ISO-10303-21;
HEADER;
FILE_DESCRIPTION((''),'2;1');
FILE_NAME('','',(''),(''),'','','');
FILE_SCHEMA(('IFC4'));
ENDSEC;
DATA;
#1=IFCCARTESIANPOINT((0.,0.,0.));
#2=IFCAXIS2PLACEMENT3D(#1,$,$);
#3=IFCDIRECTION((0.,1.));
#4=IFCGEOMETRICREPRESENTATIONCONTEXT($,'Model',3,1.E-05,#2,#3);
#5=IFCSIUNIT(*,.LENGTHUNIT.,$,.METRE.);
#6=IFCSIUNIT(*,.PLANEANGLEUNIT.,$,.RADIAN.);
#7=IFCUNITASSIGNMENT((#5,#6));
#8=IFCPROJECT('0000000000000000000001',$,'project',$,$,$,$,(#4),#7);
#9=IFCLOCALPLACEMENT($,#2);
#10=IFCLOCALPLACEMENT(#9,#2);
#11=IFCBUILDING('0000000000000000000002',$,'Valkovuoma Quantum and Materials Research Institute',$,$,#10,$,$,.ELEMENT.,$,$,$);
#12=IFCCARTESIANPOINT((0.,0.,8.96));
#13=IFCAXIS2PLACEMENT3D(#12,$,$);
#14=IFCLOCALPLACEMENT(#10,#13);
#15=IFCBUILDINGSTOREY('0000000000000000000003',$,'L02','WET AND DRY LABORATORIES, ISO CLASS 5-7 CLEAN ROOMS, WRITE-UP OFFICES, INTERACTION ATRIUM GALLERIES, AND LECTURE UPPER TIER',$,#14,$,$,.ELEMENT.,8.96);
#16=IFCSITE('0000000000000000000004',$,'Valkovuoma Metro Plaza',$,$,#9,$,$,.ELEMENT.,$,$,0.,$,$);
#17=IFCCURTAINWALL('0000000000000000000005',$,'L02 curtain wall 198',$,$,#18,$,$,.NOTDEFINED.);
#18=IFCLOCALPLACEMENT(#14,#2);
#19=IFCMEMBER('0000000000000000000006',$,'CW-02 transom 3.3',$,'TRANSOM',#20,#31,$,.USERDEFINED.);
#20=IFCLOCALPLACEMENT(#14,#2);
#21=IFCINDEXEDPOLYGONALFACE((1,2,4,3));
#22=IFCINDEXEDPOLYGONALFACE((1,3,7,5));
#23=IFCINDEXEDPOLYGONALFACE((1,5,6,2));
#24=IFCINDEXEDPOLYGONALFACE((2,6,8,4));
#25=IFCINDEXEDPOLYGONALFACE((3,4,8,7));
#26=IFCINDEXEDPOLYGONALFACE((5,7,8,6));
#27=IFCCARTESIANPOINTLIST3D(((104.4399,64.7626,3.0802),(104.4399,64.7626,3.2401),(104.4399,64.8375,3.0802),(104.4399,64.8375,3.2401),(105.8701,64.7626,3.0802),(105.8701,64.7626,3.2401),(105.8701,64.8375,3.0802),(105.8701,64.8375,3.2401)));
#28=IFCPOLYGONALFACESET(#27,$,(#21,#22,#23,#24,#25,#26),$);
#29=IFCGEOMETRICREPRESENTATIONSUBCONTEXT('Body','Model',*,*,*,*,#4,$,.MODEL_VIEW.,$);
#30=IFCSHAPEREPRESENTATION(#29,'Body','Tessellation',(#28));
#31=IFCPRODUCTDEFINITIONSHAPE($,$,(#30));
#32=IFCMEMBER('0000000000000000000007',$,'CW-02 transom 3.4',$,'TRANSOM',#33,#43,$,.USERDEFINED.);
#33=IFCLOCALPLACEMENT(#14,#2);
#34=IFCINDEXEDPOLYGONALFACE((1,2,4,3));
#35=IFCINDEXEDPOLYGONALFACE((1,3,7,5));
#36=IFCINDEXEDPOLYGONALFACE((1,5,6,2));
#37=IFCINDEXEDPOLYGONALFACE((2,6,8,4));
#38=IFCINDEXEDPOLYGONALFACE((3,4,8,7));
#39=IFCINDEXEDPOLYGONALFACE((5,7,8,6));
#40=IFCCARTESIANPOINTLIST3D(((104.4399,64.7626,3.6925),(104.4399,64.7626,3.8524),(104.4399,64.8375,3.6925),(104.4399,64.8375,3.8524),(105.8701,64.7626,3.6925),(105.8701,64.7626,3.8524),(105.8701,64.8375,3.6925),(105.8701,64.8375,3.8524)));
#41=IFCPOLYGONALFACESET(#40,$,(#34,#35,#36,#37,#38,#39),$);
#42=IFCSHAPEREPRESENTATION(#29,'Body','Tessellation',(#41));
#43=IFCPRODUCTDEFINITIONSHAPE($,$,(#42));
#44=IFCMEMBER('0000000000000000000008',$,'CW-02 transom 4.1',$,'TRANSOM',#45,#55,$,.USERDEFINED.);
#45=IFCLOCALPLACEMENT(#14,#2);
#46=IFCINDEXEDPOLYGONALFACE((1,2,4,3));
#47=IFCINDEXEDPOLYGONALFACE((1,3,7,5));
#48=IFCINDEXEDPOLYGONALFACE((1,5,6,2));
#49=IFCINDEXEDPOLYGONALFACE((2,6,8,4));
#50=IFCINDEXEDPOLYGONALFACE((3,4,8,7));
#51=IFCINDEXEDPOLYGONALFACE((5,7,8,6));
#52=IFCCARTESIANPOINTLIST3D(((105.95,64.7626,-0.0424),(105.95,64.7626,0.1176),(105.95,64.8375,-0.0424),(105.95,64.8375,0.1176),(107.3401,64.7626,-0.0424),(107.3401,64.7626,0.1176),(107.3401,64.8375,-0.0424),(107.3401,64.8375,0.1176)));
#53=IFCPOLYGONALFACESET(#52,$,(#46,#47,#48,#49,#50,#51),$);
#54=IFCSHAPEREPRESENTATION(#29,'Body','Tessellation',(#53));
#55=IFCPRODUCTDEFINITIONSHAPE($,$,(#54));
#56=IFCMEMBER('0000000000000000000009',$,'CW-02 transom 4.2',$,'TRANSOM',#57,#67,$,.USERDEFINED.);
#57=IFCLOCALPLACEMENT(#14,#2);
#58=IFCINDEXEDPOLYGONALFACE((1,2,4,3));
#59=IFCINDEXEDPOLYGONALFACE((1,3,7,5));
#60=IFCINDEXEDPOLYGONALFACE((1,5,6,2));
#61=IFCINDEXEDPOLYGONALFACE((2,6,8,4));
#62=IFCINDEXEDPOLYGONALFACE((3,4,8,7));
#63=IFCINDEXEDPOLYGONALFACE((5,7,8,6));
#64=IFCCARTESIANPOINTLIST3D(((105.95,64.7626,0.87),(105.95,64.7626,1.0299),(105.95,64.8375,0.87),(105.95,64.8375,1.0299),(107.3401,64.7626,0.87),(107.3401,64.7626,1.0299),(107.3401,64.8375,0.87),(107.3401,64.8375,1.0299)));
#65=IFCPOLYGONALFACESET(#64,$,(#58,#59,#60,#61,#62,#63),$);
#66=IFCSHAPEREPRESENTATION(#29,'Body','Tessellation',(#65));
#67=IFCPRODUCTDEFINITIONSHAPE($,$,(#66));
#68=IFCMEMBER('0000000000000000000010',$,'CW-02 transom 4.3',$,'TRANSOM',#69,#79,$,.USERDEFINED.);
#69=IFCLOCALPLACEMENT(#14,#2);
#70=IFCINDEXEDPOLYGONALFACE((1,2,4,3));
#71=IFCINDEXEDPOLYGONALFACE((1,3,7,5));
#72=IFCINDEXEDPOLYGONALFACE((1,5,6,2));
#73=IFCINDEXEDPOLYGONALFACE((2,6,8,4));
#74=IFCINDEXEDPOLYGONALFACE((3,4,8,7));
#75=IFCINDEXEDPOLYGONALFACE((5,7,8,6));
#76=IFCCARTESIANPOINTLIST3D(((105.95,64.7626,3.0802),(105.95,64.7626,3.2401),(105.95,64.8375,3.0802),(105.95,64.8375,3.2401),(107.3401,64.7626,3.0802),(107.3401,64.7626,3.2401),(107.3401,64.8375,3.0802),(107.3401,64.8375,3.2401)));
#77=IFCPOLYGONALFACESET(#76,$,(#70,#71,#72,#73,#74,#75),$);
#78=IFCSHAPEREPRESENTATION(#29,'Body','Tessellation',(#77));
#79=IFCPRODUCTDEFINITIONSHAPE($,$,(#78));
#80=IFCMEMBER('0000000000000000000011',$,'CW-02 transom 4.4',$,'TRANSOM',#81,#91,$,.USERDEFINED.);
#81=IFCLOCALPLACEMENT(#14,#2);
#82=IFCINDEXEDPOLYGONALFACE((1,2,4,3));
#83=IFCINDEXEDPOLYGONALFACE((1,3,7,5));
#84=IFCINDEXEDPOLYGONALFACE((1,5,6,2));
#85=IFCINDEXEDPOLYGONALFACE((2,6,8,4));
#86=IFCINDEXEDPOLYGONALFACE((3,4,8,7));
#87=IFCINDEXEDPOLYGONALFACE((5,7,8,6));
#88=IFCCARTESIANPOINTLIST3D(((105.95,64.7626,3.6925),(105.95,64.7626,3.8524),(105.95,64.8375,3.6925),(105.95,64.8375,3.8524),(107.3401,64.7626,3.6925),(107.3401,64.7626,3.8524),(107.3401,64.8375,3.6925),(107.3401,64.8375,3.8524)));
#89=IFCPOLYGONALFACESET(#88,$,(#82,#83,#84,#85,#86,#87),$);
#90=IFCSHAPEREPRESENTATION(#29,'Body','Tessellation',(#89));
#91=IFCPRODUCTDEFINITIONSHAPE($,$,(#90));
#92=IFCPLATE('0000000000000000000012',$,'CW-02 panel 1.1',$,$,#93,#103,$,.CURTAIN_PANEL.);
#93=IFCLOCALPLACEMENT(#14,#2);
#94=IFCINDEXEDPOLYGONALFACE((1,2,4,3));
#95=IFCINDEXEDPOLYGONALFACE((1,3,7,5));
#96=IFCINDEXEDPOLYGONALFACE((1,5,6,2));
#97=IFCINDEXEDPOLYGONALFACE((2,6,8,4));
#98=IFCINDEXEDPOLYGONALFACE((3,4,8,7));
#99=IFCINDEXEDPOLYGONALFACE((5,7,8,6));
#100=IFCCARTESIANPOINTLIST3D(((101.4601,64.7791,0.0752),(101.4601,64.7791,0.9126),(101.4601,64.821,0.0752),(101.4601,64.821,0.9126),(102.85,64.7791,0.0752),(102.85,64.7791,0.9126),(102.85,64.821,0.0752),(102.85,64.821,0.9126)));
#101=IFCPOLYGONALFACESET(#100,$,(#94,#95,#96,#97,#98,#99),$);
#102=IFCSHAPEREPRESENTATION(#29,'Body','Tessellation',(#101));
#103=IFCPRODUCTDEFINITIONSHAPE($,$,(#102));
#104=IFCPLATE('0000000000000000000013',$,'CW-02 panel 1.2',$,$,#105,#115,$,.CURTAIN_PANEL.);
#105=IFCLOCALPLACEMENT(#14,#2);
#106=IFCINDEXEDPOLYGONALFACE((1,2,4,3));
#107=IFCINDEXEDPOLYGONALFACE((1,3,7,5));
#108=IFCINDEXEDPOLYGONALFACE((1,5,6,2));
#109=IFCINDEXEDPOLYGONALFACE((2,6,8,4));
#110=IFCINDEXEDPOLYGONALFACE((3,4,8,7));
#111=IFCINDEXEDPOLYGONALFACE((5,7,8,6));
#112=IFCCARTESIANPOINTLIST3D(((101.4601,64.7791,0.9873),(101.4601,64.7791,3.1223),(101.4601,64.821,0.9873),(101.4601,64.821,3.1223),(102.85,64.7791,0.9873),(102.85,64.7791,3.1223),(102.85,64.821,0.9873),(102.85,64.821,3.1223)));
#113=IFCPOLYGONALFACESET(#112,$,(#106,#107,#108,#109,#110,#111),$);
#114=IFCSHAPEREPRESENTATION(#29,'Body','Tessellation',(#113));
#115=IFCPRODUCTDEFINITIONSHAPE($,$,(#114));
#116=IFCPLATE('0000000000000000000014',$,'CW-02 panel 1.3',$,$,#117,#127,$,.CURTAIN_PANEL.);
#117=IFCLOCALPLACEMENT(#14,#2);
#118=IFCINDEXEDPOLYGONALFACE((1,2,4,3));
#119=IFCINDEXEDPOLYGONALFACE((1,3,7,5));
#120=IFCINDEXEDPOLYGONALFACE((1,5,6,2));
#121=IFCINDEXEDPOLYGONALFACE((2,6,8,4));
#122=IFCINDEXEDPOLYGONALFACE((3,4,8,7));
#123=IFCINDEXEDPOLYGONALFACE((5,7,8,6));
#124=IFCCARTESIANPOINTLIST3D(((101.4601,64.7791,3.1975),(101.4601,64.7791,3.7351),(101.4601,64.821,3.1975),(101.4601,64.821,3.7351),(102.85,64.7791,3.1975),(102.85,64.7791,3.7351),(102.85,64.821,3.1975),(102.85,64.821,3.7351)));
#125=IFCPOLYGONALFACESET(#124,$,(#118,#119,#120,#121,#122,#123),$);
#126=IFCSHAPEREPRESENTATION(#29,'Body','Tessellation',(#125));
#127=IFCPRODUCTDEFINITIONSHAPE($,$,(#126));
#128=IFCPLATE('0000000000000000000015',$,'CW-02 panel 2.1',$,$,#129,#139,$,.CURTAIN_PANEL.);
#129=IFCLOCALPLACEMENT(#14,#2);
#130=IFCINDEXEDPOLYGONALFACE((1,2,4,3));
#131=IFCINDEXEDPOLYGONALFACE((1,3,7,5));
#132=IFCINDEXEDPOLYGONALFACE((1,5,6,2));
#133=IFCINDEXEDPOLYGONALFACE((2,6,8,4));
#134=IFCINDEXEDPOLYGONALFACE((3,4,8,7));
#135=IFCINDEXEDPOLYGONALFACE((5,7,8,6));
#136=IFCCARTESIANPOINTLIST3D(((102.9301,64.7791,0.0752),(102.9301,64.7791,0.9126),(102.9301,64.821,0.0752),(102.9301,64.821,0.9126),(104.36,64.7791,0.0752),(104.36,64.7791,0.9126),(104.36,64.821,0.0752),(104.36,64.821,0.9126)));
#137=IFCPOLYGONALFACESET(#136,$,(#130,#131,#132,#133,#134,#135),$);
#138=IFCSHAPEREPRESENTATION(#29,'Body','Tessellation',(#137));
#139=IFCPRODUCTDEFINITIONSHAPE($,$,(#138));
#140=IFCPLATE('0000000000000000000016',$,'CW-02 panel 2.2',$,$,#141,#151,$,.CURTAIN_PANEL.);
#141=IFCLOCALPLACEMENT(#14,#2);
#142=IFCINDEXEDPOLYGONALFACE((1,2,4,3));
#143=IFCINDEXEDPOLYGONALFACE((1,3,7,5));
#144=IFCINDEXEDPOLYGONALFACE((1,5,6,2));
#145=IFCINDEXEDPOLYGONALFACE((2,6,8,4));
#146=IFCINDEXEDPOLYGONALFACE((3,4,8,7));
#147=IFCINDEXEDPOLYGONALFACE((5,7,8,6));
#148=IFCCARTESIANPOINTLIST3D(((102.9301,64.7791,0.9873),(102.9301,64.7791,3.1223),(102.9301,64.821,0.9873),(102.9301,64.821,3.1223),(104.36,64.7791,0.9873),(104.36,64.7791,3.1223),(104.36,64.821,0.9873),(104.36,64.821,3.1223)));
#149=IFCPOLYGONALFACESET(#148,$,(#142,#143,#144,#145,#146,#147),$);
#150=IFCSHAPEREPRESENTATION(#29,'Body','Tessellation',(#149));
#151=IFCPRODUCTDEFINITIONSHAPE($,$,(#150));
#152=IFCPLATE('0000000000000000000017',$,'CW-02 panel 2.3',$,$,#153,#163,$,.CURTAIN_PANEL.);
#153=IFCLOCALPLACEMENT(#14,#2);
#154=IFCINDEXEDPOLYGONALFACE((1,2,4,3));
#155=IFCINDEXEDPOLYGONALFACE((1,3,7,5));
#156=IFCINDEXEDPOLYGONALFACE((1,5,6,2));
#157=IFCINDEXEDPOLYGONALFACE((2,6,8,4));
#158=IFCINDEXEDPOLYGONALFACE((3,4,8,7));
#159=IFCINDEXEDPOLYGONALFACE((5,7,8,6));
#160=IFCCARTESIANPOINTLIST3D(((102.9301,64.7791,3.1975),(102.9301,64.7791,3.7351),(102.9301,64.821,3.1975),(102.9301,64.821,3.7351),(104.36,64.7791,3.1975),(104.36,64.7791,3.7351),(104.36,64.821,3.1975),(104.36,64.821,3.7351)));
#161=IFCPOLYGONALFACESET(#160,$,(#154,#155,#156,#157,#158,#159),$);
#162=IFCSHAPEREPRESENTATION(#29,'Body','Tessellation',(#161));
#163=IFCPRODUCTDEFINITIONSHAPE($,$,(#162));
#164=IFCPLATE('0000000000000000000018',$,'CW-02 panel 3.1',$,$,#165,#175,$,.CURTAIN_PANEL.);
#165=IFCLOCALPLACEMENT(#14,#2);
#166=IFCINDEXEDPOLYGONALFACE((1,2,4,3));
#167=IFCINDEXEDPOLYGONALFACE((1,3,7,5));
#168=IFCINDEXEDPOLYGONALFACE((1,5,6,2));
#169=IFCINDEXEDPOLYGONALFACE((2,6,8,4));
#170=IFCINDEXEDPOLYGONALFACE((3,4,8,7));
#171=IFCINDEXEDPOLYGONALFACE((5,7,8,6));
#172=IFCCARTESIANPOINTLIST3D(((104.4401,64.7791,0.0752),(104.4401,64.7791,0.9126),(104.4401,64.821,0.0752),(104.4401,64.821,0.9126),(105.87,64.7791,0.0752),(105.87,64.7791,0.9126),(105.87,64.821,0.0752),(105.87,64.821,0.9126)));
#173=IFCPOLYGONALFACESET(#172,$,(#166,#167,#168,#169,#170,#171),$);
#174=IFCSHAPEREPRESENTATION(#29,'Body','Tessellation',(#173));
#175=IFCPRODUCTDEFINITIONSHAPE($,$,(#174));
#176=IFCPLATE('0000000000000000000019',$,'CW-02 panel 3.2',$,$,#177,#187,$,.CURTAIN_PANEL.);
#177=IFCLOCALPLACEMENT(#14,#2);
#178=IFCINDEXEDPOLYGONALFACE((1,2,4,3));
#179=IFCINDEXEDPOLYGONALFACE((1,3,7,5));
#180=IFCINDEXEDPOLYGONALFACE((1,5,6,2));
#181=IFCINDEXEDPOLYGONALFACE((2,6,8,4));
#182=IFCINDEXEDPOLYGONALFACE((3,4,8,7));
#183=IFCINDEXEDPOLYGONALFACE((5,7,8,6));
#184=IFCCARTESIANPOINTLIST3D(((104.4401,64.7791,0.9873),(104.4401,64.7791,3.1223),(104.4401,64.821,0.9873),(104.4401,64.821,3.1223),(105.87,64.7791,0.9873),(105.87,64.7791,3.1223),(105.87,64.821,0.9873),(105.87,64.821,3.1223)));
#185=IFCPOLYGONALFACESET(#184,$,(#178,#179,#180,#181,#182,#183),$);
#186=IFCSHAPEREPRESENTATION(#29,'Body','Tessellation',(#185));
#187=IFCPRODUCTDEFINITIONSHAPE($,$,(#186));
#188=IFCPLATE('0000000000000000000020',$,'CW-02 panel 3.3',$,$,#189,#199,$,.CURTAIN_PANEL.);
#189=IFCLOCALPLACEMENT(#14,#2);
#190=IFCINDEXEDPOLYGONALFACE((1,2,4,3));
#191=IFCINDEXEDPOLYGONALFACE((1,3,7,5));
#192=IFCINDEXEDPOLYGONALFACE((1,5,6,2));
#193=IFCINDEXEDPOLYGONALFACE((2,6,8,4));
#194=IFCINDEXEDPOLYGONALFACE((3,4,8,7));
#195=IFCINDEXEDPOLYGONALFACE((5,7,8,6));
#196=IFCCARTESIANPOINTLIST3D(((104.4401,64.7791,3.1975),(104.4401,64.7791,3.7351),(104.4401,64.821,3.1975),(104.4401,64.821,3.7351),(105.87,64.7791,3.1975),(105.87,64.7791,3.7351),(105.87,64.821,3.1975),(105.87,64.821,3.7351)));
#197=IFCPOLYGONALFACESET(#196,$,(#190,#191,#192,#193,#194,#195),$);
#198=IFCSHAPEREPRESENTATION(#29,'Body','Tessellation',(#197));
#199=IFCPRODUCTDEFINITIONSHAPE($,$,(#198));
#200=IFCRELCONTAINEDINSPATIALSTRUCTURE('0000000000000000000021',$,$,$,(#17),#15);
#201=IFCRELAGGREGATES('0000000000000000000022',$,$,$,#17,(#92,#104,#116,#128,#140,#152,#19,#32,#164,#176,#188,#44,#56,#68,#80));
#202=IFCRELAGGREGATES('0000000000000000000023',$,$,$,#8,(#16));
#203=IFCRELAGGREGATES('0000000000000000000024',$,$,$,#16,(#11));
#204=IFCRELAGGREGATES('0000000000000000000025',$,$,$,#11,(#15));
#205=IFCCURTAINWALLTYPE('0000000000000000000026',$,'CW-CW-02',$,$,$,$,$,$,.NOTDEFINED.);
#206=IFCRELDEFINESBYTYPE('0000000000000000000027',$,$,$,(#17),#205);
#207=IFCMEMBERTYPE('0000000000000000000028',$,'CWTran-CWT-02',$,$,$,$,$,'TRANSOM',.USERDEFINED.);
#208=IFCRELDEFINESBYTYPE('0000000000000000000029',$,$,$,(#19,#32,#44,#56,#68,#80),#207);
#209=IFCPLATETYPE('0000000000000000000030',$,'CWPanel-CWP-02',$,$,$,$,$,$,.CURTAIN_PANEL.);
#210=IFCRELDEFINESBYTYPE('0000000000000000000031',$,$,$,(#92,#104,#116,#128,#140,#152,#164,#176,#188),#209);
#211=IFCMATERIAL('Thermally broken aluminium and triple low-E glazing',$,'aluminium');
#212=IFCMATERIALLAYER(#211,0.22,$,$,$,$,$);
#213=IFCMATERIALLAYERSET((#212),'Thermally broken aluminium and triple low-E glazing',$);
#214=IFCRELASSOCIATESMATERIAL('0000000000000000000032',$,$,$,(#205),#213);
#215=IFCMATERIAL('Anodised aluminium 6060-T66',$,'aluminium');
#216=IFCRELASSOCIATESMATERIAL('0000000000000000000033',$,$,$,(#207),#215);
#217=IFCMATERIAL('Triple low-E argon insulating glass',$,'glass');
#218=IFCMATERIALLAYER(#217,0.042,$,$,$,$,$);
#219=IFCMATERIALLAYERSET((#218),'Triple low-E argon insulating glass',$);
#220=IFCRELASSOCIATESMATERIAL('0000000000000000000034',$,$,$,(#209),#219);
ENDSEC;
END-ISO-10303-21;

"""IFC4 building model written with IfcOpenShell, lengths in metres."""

from ifc_helpers import new_model, si_unit, direction, frame, origin, origin_2d, place, context, subcontext, project, spatial, rectangle, extrude, material, layer, layer_set, material_profile, profile_set, type_object, element, aggregate, save


model = new_model("IFC4")

# Units and contexts
model_context = context("Model", 3, precision=1e-05, world=origin(), true_north=direction((0.0, 1.0)))
body_context = subcontext(model_context, "Body", "Model", "MODEL_VIEW")
ifc_project = project(units=[si_unit("LENGTHUNIT", "METRE"), si_unit("PLANEANGLEUNIT", "RADIAN")], contexts=[model_context])

# Site, building, storey
site_placement = place(None, origin())
site = spatial("IfcSite", under=ifc_project, at=site_placement, Name="Valkovuoma Metro Plaza", CompositionType="ELEMENT", RefElevation=0.0)
building_placement = place(site_placement, origin())
building = spatial("IfcBuilding", under=site, at=building_placement, Name="Valkovuoma Quantum and Materials Research Institute", CompositionType="ELEMENT")
storey_placement = place(building_placement, frame((0.0, 0.0, 8.96)))
storey = spatial("IfcBuildingStorey", under=building, at=storey_placement, Name="L02", Description="WET AND DRY LABORATORIES, ISO CLASS 5-7 CLEAN ROOMS, WRITE-UP OFFICES, INTERACTION ATRIUM GALLERIES, AND LECTURE UPPER TIER", CompositionType="ELEMENT", Elevation=8.96)

# Curtain wall, members, plates
ifc_material_1 = material(Name="Thermally broken aluminium and triple low-E glazing", Category="aluminium")
ifc_layer_1 = layer(ifc_material_1, 0.22)
ifc_layer_set_1 = layer_set([ifc_layer_1], Name="Thermally broken aluminium and triple low-E glazing")
curtain_wall_type = type_object("IfcCurtainWallType", Name="CW-CW-02", PredefinedType="NOTDEFINED", material=ifc_layer_set_1)
curtain_wall_placement = place(storey_placement, origin())
curtain_wall = element("IfcCurtainWall", 1, at=curtain_wall_placement, inside=storey, type_object=curtain_wall_type, Name="L02 curtain wall 198", PredefinedType="NOTDEFINED")
ifc_material_2 = material(Name="Anodised aluminium 6060-T66", Category="aluminium")
ifc_material_profile_1 = material_profile(ifc_material_2, rectangle(XDim=0.075, YDim=0.1599, at=origin_2d()), Name="Anodised aluminium 6060-T66")
ifc_profile_set_1 = profile_set([ifc_material_profile_1], Name="Anodised aluminium 6060-T66")
member_type_1 = type_object("IfcMemberType", Name="CWTran-CWT-02", ElementType="TRANSOM", PredefinedType="USERDEFINED", material=ifc_profile_set_1)
member_1_placement = place(storey_placement, frame((104.4399, 64.8, 3.1602), z_axis=(1.0, 0.0, 0.0), x_axis=(0.0, 1.0, 0.0)))
member_1 = element("IfcMember", 2, at=member_1_placement, type_object=member_type_1, Name="CW-02 transom 3.3", ObjectType="TRANSOM", PredefinedType="USERDEFINED", context=body_context, shape_type="SweptSolid", body=[
    extrude(rectangle(XDim=0.075, YDim=0.1599, at=origin_2d()), origin(), (0.0, 0.0, 1.0), 1.4302),
])
member_2_placement = place(storey_placement, frame((104.4399, 64.8, 3.7725), z_axis=(1.0, 0.0, 0.0), x_axis=(0.0, 1.0, 0.0)))
member_2 = element("IfcMember", 3, at=member_2_placement, type_object=member_type_1, Name="CW-02 transom 3.4", ObjectType="TRANSOM", PredefinedType="USERDEFINED", context=body_context, shape_type="SweptSolid", body=[
    extrude(rectangle(XDim=0.075, YDim=0.1599, at=origin_2d()), origin(), (0.0, 0.0, 1.0), 1.4302),
])
member_3_placement = place(storey_placement, frame((105.95, 64.8, 0.0376), z_axis=(1.0, 0.0, 0.0), x_axis=(0.0, 1.0, 0.0)))
member_3 = element("IfcMember", 4, at=member_3_placement, type_object=member_type_1, Name="CW-02 transom 4.1", ObjectType="TRANSOM", PredefinedType="USERDEFINED", context=body_context, shape_type="SweptSolid", body=[
    extrude(rectangle(XDim=0.075, YDim=0.1599, at=origin_2d()), origin(), (0.0, 0.0, 1.0), 1.3901),
])
member_4_placement = place(storey_placement, frame((105.95, 64.8, 0.95), z_axis=(1.0, 0.0, 0.0), x_axis=(0.0, 1.0, 0.0)))
member_4 = element("IfcMember", 5, at=member_4_placement, type_object=member_type_1, Name="CW-02 transom 4.2", ObjectType="TRANSOM", PredefinedType="USERDEFINED", context=body_context, shape_type="SweptSolid", body=[
    extrude(rectangle(XDim=0.075, YDim=0.1599, at=origin_2d()), origin(), (0.0, 0.0, 1.0), 1.3901),
])
member_5_placement = place(storey_placement, frame((105.95, 64.8, 3.1602), z_axis=(1.0, 0.0, 0.0), x_axis=(0.0, 1.0, 0.0)))
member_5 = element("IfcMember", 6, at=member_5_placement, type_object=member_type_1, Name="CW-02 transom 4.3", ObjectType="TRANSOM", PredefinedType="USERDEFINED", context=body_context, shape_type="SweptSolid", body=[
    extrude(rectangle(XDim=0.075, YDim=0.1599, at=origin_2d()), origin(), (0.0, 0.0, 1.0), 1.3901),
])
member_6_placement = place(storey_placement, frame((105.95, 64.8, 3.7725), z_axis=(1.0, 0.0, 0.0), x_axis=(0.0, 1.0, 0.0)))
member_6 = element("IfcMember", 7, at=member_6_placement, type_object=member_type_1, Name="CW-02 transom 4.4", ObjectType="TRANSOM", PredefinedType="USERDEFINED", context=body_context, shape_type="SweptSolid", body=[
    extrude(rectangle(XDim=0.075, YDim=0.1599, at=origin_2d()), origin(), (0.0, 0.0, 1.0), 1.3901),
])
ifc_material_3 = material(Name="Triple low-E argon insulating glass", Category="glass")
ifc_layer_2 = layer(ifc_material_3, 0.042)
ifc_layer_set_2 = layer_set([ifc_layer_2], Name="Triple low-E argon insulating glass")
plate_type = type_object("IfcPlateType", Name="CWPanel-CWP-02", PredefinedType="CURTAIN_PANEL", material=ifc_layer_set_2)
plate_1_placement = place(storey_placement, frame((102.155, 64.8, 0.0752), z_axis=(0.0, 0.0, 1.0), x_axis=(1.0, 0.0, 0.0)))
plate_1 = element("IfcPlate", 8, at=plate_1_placement, type_object=plate_type, Name="CW-02 panel 1.1", PredefinedType="CURTAIN_PANEL", context=body_context, shape_type="SweptSolid", body=[
    extrude(rectangle(XDim=1.3899, YDim=0.042, at=origin_2d()), origin(), (0.0, 0.0, 1.0), 0.8374),
])
plate_2_placement = place(storey_placement, frame((102.155, 64.8, 0.9873), z_axis=(0.0, 0.0, 1.0), x_axis=(1.0, 0.0, 0.0)))
plate_2 = element("IfcPlate", 9, at=plate_2_placement, type_object=plate_type, Name="CW-02 panel 1.2", PredefinedType="CURTAIN_PANEL", context=body_context, shape_type="SweptSolid", body=[
    extrude(rectangle(XDim=1.3899, YDim=0.042, at=origin_2d()), origin(), (0.0, 0.0, 1.0), 2.135),
])
plate_3_placement = place(storey_placement, frame((102.155, 64.8, 3.1975), z_axis=(0.0, 0.0, 1.0), x_axis=(1.0, 0.0, 0.0)))
plate_3 = element("IfcPlate", 10, at=plate_3_placement, type_object=plate_type, Name="CW-02 panel 1.3", PredefinedType="CURTAIN_PANEL", context=body_context, shape_type="SweptSolid", body=[
    extrude(rectangle(XDim=1.3899, YDim=0.042, at=origin_2d()), origin(), (0.0, 0.0, 1.0), 0.5376),
])
plate_4_placement = place(storey_placement, frame((103.645, 64.8, 0.0752), z_axis=(0.0, 0.0, 1.0), x_axis=(1.0, 0.0, 0.0)))
plate_4 = element("IfcPlate", 11, at=plate_4_placement, type_object=plate_type, Name="CW-02 panel 2.1", PredefinedType="CURTAIN_PANEL", context=body_context, shape_type="SweptSolid", body=[
    extrude(rectangle(XDim=1.4299, YDim=0.042, at=origin_2d()), origin(), (0.0, 0.0, 1.0), 0.8374),
])
plate_5_placement = place(storey_placement, frame((103.645, 64.8, 0.9873), z_axis=(0.0, 0.0, 1.0), x_axis=(1.0, 0.0, 0.0)))
plate_5 = element("IfcPlate", 12, at=plate_5_placement, type_object=plate_type, Name="CW-02 panel 2.2", PredefinedType="CURTAIN_PANEL", context=body_context, shape_type="SweptSolid", body=[
    extrude(rectangle(XDim=1.4299, YDim=0.042, at=origin_2d()), origin(), (0.0, 0.0, 1.0), 2.135),
])
plate_6_placement = place(storey_placement, frame((103.645, 64.8, 3.1975), z_axis=(0.0, 0.0, 1.0), x_axis=(1.0, 0.0, 0.0)))
plate_6 = element("IfcPlate", 13, at=plate_6_placement, type_object=plate_type, Name="CW-02 panel 2.3", PredefinedType="CURTAIN_PANEL", context=body_context, shape_type="SweptSolid", body=[
    extrude(rectangle(XDim=1.4299, YDim=0.042, at=origin_2d()), origin(), (0.0, 0.0, 1.0), 0.5376),
])
plate_7_placement = place(storey_placement, frame((105.155, 64.8, 0.0752), z_axis=(0.0, 0.0, 1.0), x_axis=(1.0, 0.0, 0.0)))
plate_7 = element("IfcPlate", 14, at=plate_7_placement, type_object=plate_type, Name="CW-02 panel 3.1", PredefinedType="CURTAIN_PANEL", context=body_context, shape_type="SweptSolid", body=[
    extrude(rectangle(XDim=1.4299, YDim=0.042, at=origin_2d()), origin(), (0.0, 0.0, 1.0), 0.8374),
])
plate_8_placement = place(storey_placement, frame((105.155, 64.8, 0.9873), z_axis=(0.0, 0.0, 1.0), x_axis=(1.0, 0.0, 0.0)))
plate_8 = element("IfcPlate", 15, at=plate_8_placement, type_object=plate_type, Name="CW-02 panel 3.2", PredefinedType="CURTAIN_PANEL", context=body_context, shape_type="SweptSolid", body=[
    extrude(rectangle(XDim=1.4299, YDim=0.042, at=origin_2d()), origin(), (0.0, 0.0, 1.0), 2.135),
])
plate_9_placement = place(storey_placement, frame((105.155, 64.8, 3.1975), z_axis=(0.0, 0.0, 1.0), x_axis=(1.0, 0.0, 0.0)))
plate_9 = element("IfcPlate", 16, at=plate_9_placement, type_object=plate_type, Name="CW-02 panel 3.3", PredefinedType="CURTAIN_PANEL", context=body_context, shape_type="SweptSolid", body=[
    extrude(rectangle(XDim=1.4299, YDim=0.042, at=origin_2d()), origin(), (0.0, 0.0, 1.0), 0.5376),
])
aggregate(curtain_wall, [plate_1, plate_2, plate_3, plate_4, plate_5, plate_6, member_1, member_2, plate_7, plate_8, plate_9, member_3, member_4, member_5, member_6])

save(model, "model.ifc")
